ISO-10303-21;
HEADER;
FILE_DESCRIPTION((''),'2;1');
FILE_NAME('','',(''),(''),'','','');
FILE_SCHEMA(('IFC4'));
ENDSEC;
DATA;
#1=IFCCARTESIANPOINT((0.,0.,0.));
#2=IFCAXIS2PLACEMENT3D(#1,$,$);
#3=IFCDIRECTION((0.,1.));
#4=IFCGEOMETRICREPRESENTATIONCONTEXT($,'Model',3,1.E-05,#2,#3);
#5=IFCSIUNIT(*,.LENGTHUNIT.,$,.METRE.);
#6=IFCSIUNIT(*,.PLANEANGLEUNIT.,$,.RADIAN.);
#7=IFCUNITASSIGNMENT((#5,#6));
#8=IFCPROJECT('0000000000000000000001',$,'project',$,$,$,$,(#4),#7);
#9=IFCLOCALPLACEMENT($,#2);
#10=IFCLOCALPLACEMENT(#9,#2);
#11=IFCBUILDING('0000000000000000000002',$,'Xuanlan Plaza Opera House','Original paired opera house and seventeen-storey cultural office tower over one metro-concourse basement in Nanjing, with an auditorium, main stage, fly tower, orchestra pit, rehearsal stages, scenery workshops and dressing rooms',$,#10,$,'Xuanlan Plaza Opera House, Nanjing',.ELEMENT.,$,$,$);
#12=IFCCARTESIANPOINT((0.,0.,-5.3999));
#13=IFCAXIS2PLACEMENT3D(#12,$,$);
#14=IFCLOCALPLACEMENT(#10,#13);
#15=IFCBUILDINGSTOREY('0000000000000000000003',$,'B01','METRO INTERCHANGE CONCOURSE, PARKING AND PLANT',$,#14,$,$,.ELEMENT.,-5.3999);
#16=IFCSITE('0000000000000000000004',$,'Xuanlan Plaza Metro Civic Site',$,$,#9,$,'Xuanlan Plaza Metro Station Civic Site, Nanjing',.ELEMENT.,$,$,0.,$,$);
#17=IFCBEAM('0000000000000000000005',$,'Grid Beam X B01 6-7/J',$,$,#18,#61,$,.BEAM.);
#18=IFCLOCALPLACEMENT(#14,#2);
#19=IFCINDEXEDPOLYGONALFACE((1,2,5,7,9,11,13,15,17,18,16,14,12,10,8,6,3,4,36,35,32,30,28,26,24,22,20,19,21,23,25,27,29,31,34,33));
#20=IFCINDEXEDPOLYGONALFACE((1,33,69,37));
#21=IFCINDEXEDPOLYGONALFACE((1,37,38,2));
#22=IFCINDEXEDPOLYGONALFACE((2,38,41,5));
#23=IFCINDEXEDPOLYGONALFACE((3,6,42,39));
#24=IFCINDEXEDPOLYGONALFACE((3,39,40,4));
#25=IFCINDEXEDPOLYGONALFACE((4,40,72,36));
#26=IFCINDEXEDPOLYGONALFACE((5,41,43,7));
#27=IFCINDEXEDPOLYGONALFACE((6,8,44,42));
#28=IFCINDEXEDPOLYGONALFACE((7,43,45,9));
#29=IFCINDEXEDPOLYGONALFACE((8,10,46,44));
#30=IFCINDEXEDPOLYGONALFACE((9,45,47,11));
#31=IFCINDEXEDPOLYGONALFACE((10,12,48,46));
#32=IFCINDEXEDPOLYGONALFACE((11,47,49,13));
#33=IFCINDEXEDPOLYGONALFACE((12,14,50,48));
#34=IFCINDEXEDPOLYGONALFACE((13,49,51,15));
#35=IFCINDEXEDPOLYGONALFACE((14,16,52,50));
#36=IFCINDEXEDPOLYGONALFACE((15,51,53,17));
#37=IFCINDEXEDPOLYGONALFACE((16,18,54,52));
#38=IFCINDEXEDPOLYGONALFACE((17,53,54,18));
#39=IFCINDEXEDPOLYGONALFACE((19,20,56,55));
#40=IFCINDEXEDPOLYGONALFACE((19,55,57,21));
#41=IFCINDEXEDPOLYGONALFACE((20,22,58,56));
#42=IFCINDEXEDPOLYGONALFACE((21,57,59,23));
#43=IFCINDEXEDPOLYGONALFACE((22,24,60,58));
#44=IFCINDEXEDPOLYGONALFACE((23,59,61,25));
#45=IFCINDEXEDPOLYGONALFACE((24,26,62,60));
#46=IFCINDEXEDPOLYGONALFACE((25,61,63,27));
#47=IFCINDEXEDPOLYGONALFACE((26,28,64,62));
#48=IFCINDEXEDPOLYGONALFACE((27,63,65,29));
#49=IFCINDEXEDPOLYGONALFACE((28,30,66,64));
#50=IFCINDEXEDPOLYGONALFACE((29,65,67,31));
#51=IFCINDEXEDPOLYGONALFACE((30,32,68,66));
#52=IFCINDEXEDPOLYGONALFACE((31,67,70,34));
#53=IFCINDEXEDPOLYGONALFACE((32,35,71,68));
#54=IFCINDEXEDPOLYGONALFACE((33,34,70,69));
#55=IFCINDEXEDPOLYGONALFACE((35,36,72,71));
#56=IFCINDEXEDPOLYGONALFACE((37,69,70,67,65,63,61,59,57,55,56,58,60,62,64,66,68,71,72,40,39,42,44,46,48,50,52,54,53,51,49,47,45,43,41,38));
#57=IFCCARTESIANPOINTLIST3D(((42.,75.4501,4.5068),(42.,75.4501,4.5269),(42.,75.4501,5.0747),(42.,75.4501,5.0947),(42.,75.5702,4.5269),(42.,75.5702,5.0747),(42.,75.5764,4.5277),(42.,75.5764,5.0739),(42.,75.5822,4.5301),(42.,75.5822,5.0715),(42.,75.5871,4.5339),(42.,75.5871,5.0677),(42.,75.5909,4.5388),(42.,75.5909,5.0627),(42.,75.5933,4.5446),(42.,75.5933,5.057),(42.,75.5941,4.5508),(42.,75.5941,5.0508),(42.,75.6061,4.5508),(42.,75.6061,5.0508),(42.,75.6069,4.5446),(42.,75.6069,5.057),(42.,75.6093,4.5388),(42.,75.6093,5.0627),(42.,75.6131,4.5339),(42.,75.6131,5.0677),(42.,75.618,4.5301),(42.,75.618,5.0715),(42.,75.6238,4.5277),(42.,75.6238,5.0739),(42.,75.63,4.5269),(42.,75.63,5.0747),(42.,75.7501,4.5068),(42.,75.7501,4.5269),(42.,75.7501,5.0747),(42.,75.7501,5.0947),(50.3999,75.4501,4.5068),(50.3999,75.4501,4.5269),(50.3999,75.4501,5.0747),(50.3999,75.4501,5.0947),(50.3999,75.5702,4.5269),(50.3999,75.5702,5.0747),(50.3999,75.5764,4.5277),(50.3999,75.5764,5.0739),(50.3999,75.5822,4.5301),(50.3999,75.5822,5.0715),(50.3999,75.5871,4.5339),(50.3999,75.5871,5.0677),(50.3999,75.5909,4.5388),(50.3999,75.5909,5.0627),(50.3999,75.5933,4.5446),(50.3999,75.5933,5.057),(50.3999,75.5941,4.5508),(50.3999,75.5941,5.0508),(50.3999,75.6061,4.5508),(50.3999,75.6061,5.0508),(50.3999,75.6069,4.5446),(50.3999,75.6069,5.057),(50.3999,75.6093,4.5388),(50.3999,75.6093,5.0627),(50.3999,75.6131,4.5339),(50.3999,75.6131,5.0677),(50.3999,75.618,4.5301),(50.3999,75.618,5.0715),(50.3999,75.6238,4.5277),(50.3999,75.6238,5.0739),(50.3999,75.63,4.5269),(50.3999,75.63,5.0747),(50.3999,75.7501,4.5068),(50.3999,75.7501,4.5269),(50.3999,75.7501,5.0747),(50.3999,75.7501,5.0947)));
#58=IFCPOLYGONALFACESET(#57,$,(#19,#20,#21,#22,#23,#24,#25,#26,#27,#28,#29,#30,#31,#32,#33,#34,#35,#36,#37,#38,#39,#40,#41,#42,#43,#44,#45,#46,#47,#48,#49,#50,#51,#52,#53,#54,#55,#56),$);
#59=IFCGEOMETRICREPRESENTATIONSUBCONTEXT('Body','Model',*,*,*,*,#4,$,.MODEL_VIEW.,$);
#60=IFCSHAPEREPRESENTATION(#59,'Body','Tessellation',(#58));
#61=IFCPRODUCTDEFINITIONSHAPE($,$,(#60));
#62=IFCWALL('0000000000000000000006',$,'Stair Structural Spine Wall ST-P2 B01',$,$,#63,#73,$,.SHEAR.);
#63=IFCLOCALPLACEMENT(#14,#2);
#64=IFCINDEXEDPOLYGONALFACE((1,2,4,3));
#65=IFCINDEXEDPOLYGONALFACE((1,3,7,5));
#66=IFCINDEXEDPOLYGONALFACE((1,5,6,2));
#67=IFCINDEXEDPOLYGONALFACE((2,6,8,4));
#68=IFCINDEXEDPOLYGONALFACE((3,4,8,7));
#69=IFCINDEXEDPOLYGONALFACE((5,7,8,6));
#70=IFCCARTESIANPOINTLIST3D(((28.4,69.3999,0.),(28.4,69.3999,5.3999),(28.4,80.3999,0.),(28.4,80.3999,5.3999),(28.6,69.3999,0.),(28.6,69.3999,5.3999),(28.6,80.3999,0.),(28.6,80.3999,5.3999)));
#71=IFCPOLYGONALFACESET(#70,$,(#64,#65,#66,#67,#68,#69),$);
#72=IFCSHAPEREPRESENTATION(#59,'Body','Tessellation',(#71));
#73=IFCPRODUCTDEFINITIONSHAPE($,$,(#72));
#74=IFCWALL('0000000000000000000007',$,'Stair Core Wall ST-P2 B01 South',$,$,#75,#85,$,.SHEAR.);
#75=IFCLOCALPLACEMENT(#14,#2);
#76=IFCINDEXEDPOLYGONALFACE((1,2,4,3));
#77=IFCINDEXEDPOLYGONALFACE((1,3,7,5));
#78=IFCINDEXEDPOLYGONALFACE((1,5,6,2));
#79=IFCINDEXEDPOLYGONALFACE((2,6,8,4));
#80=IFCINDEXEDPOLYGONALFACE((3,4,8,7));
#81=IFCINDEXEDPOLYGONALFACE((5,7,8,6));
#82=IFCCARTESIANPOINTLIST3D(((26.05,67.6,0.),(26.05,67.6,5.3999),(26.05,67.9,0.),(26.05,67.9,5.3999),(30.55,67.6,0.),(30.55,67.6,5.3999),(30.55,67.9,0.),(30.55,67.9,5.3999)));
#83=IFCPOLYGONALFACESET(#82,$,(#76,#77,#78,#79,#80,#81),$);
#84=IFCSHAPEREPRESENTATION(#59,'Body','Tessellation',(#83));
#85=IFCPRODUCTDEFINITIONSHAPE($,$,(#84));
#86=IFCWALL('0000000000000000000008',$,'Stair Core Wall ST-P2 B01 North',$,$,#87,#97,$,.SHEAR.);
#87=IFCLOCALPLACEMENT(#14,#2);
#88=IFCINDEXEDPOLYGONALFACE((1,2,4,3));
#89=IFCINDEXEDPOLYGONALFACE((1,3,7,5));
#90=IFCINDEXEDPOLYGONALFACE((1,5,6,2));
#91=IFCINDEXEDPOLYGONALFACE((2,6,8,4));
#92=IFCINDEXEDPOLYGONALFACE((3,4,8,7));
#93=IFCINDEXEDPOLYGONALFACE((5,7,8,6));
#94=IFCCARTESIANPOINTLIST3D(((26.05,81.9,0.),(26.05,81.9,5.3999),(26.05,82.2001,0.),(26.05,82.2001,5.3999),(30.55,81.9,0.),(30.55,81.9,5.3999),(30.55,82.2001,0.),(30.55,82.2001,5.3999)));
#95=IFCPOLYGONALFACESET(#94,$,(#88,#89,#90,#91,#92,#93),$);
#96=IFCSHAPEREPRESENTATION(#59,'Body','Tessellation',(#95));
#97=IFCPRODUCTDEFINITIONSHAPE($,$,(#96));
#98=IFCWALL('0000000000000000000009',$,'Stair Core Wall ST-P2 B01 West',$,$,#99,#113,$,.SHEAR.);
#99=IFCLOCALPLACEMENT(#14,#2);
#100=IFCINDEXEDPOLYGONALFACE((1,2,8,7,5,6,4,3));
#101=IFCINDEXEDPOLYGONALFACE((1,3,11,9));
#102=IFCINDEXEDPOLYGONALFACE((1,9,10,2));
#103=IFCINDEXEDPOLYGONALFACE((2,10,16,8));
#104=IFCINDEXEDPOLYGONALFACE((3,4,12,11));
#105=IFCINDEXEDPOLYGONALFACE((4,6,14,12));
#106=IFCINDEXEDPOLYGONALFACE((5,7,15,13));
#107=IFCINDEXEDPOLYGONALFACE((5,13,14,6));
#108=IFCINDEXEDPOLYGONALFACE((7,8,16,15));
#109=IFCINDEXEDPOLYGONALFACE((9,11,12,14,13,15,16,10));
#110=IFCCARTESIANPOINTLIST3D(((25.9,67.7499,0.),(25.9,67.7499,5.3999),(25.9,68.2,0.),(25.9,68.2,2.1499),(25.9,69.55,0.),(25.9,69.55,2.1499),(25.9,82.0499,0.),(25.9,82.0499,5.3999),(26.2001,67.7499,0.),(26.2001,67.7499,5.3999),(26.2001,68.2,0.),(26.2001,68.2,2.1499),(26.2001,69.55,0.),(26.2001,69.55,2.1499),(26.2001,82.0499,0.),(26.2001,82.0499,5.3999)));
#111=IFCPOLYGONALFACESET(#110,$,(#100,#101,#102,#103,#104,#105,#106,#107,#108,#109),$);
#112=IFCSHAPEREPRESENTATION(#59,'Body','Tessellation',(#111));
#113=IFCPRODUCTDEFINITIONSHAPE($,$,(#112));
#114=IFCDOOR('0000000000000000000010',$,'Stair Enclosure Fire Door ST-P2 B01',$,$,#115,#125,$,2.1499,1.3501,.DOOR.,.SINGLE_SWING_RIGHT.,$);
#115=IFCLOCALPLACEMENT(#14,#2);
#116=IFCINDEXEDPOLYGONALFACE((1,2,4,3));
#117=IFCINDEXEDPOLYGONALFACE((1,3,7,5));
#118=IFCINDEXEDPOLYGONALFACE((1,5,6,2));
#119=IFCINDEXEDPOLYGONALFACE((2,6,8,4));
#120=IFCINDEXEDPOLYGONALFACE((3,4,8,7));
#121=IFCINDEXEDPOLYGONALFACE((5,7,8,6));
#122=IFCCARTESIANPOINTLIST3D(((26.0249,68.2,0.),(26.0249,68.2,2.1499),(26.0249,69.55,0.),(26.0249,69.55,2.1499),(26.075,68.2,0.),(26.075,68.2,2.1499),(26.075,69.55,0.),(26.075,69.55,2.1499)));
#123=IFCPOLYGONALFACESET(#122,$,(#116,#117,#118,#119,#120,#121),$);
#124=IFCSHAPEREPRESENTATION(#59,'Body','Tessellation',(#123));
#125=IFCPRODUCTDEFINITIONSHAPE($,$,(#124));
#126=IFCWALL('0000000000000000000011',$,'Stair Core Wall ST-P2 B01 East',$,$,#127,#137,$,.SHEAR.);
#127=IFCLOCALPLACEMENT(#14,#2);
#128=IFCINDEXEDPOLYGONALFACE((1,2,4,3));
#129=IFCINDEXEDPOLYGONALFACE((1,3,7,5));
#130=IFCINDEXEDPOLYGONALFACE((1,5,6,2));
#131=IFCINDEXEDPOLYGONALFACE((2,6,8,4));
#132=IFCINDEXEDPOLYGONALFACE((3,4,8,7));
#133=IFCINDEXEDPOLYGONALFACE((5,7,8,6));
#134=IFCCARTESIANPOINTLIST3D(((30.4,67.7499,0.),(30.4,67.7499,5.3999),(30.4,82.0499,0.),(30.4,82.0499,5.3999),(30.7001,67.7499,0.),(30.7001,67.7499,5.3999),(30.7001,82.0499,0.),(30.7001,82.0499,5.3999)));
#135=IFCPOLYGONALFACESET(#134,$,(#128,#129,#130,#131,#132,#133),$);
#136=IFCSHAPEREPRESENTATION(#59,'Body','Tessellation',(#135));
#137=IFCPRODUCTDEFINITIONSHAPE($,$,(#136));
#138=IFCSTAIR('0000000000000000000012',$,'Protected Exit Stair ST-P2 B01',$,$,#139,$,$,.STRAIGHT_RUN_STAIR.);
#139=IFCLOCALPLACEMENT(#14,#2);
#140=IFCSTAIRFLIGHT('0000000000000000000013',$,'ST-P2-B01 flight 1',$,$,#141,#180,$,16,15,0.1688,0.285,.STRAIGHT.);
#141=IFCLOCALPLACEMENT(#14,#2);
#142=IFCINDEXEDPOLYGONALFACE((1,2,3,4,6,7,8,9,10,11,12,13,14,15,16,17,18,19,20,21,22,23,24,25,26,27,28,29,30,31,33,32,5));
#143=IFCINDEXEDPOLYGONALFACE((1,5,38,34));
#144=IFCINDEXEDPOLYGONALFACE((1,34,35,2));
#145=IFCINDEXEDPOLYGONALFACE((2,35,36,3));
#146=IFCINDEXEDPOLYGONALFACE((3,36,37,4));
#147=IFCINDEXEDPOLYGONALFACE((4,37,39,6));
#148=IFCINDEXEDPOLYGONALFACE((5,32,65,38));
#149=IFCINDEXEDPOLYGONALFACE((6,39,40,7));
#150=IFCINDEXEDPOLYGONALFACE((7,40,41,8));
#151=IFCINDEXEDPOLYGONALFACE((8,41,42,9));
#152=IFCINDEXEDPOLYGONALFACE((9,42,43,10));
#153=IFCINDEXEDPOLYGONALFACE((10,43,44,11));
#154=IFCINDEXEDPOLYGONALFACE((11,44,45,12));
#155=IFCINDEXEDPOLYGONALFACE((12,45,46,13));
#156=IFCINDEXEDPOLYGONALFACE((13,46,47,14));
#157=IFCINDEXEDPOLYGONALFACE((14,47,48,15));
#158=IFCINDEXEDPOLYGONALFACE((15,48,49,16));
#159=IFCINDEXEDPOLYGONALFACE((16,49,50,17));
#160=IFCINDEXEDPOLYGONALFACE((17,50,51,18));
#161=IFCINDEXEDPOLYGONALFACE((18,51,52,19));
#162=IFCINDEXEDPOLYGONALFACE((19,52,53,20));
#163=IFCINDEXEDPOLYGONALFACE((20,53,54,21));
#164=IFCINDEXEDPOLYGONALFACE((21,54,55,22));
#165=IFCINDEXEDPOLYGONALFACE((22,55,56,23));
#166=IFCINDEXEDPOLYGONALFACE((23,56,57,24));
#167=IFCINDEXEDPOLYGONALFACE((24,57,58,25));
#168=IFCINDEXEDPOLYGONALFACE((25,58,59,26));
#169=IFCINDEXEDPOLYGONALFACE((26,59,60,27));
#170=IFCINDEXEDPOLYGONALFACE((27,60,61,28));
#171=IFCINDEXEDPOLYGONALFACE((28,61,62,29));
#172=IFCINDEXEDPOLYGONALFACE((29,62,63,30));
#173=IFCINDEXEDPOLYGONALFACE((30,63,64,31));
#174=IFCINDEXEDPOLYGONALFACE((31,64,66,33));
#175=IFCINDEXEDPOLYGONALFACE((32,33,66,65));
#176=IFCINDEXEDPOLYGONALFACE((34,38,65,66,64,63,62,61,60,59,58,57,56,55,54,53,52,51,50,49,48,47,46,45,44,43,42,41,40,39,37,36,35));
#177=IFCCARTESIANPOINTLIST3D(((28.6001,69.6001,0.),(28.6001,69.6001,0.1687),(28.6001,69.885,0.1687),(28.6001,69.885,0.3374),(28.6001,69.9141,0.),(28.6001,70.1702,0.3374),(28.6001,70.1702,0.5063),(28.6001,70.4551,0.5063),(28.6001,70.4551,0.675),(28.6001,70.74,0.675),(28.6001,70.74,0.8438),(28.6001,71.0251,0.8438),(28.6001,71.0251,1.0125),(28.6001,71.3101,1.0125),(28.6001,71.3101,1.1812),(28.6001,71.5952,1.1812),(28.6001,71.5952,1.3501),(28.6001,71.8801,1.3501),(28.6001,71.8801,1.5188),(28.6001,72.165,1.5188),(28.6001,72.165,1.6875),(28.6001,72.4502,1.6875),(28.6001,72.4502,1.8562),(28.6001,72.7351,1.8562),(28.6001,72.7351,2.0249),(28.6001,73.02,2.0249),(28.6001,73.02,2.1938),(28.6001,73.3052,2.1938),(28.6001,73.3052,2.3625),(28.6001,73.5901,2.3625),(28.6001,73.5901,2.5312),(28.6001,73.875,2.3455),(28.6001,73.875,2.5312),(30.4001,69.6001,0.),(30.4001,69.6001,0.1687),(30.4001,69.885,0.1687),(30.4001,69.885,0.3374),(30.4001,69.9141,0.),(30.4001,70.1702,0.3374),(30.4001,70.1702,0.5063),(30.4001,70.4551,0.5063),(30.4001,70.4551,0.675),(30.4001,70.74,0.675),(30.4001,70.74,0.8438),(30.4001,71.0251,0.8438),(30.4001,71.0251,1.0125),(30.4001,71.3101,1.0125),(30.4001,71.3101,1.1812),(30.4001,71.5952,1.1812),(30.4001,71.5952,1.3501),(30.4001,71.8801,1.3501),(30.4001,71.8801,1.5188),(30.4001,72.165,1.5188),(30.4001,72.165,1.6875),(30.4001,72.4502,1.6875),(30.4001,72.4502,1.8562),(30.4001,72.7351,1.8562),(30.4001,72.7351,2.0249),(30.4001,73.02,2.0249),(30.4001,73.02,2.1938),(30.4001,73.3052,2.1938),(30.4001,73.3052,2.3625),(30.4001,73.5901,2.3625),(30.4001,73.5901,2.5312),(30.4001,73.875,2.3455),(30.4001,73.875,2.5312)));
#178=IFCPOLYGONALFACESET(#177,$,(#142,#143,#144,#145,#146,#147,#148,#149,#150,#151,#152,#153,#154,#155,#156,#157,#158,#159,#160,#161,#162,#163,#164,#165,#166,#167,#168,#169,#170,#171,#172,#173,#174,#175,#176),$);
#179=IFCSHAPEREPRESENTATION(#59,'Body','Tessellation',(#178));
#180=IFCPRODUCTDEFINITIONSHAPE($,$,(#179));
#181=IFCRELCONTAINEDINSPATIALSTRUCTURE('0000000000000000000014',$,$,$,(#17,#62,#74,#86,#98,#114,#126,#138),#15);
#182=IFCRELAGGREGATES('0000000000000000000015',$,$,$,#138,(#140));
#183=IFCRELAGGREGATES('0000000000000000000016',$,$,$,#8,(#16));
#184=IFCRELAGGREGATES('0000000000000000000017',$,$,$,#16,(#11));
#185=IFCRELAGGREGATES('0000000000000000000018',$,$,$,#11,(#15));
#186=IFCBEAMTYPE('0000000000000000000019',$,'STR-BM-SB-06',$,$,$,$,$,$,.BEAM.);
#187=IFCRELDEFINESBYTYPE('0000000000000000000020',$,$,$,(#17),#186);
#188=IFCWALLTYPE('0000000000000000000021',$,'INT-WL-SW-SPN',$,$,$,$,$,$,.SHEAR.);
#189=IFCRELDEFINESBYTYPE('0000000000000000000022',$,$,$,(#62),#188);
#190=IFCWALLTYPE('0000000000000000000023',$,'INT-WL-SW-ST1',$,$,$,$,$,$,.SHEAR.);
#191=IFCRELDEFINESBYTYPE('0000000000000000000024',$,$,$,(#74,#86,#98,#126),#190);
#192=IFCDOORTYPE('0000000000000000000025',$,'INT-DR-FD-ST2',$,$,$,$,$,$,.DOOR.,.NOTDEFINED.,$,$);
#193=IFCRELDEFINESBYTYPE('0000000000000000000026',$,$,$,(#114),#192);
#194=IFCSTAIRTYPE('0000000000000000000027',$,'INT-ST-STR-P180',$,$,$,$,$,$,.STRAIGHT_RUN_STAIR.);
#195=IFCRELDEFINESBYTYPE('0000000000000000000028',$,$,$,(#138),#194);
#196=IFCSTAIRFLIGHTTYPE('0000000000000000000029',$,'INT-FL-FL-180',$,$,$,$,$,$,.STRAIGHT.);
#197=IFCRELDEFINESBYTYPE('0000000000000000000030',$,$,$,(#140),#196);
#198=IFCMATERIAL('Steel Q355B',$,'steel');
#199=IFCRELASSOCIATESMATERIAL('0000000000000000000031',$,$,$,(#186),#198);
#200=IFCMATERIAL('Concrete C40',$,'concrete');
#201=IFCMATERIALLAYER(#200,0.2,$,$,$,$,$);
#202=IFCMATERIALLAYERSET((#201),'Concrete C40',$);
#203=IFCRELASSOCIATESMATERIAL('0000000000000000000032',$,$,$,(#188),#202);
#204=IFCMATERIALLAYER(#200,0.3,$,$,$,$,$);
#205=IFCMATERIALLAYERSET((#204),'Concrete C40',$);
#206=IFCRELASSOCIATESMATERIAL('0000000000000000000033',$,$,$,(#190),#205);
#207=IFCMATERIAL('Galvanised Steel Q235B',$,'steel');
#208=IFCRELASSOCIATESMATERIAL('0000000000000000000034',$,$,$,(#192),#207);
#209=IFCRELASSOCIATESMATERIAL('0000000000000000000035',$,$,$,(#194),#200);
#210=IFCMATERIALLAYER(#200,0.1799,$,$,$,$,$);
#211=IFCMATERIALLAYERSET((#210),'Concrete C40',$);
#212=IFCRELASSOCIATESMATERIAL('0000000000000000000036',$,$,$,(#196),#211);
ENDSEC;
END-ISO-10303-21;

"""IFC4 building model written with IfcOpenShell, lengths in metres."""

from ifc_helpers import new_model, si_unit, direction, frame, frame_2d, origin, origin_2d, place, context, subcontext, project, spatial, polyline, rectangle, i_section, outline, extrude, material, layer, layer_set, material_profile, profile_set, type_object, element, fill, aggregate, save


model = new_model("IFC4")

# Units and contexts
model_context = context("Model", 3, precision=1e-05, world=origin(), true_north=direction((0.0, 1.0)))
body_context = subcontext(model_context, "Body", "Model", "MODEL_VIEW")
ifc_project = project(units=[si_unit("LENGTHUNIT", "METRE"), si_unit("PLANEANGLEUNIT", "RADIAN")], contexts=[model_context])

# Site, building, storey
site_placement = place(None, origin())
site = spatial("IfcSite", under=ifc_project, at=site_placement, Name="Xuanlan Plaza Metro Civic Site", LongName="Xuanlan Plaza Metro Station Civic Site, Nanjing", CompositionType="ELEMENT", RefElevation=0.0)
building_placement = place(site_placement, origin())
building = spatial("IfcBuilding", under=site, at=building_placement, Name="Xuanlan Plaza Opera House", Description="Original paired opera house and seventeen-storey cultural office tower over one metro-concourse basement in Nanjing, with an auditorium, main stage, fly tower, orchestra pit, rehearsal stages, scenery workshops and dressing rooms", LongName="Xuanlan Plaza Opera House, Nanjing", CompositionType="ELEMENT")
storey_placement = place(building_placement, frame((0.0, 0.0, -5.3999)))
storey = spatial("IfcBuildingStorey", under=building, at=storey_placement, Name="B01", Description="METRO INTERCHANGE CONCOURSE, PARKING AND PLANT", CompositionType="ELEMENT", Elevation=-5.3999)

# Shared definitions
ifc_material_1 = material(Name="Concrete C40", Category="concrete")

# Beam
ifc_material_2 = material(Name="Steel Q355B", Category="steel")
ifc_material_profile_1 = material_profile(ifc_material_2, i_section(OverallWidth=0.3, OverallDepth=0.5879, WebThickness=0.012, FlangeThickness=0.02, FilletRadius=0.0239, at=origin_2d()), Name="HM 588x300x12x20")
ifc_profile_set_1 = profile_set([ifc_material_profile_1], Name="Steel Q355B")
beam_type_1 = type_object("IfcBeamType", Name="STR-BM-SB-06", PredefinedType="BEAM", material=ifc_profile_set_1)
beam_1_placement = place(storey_placement, frame((42.0, 75.6001, 4.8008), z_axis=(1.0, 0.0, 0.0), x_axis=(0.0, 1.0, 0.0)))
element("IfcBeam", 1, at=beam_1_placement, inside=storey, type_object=beam_type_1, Name="Grid Beam X B01 6-7/J", PredefinedType="BEAM", context=body_context, shape_type="SweptSolid", body=[
    extrude(i_section(OverallWidth=0.3, OverallDepth=0.5879, WebThickness=0.012, FlangeThickness=0.02, FilletRadius=0.0239, at=origin_2d()), origin(), (0.0, 0.0, 1.0), 8.3999),
])

# Walls
ifc_layer_1 = layer(ifc_material_1, 0.2)
ifc_layer_set_1 = layer_set([ifc_layer_1], Name="Concrete C40")
wall_type_1 = type_object("IfcWallType", Name="INT-WL-SW-SPN", PredefinedType="SHEAR", material=ifc_layer_set_1)
wall_1_placement = place(storey_placement, frame((28.5, 69.3999, 0.0), z_axis=(0.0, 0.0, 1.0), x_axis=(0.0, 1.0, 0.0)))
element("IfcWall", 2, at=wall_1_placement, inside=storey, type_object=wall_type_1, Name="Stair Structural Spine Wall ST-P2 B01", PredefinedType="SHEAR", context=body_context, shape_type="SweptSolid", body=[
    extrude(rectangle(XDim=11.0, YDim=0.2, at=frame_2d((5.5, 0.0))), origin(), (0.0, 0.0, 1.0), 5.3999),
])
ifc_layer_2 = layer(ifc_material_1, 0.3)
ifc_layer_set_2 = layer_set([ifc_layer_2], Name="Concrete C40")
wall_type_2 = type_object("IfcWallType", Name="INT-WL-SW-ST1", PredefinedType="SHEAR", material=ifc_layer_set_2)
for number, where, z_axis, x_axis, name in (
    (3, (26.05, 67.75, 0.0), (0.0, 0.0, 1.0), (1.0, 0.0, 0.0), "Stair Core Wall ST-P2 B01 South"),
    (4, (26.05, 82.05, 0.0), (0.0, 0.0, 1.0), (1.0, 0.0, 0.0), "Stair Core Wall ST-P2 B01 North"),
):
    element("IfcWall", number, at=place(storey_placement, frame(where, z_axis=z_axis, x_axis=x_axis)), inside=storey, type_object=wall_type_2, Name=name, PredefinedType="SHEAR", context=body_context, shape_type="SweptSolid", body=[
        extrude(rectangle(XDim=4.5, YDim=0.3, at=frame_2d((2.25, 0.0))), origin(), (0.0, 0.0, 1.0), 5.3999),
    ])

# Wall, opening, door
wall_2_placement = place(storey_placement, frame((26.05, 67.75, 0.0), z_axis=(0.0, 0.0, 1.0), x_axis=(0.0, 1.0, 0.0)))
wall_2 = element("IfcWall", 5, at=wall_2_placement, inside=storey, type_object=wall_type_2, Name="Stair Core Wall ST-P2 B01 West", PredefinedType="SHEAR", context=body_context, shape_type="SweptSolid", body=[
    extrude(rectangle(XDim=14.3, YDim=0.3, at=frame_2d((7.1499, 0.0))), origin(), (0.0, 0.0, 1.0), 5.3999),
])
opening_placement = place(wall_2_placement, frame((0.45, 0.0, 0.0)))
opening = element("IfcOpeningElement", 6, at=opening_placement, cuts=wall_2, PredefinedType="OPENING", context=body_context, shape_type="SweptSolid", body=[
    extrude(rectangle(XDim=1.3501, YDim=2.1499, at=frame_2d((0.675, 1.075))), frame((0.0, 0.1599, 0.0), z_axis=(0.0, -1.0, 0.0), x_axis=(1.0, 0.0, 0.0)), (0.0, 0.0, 1.0), 0.3201),
])
ifc_material_3 = material(Name="Galvanised Steel Q235B", Category="steel")
door_type = type_object("IfcDoorType", Name="INT-DR-FD-ST2", OperationType="NOTDEFINED", PredefinedType="DOOR", material=ifc_material_3)
door_placement = place(opening_placement, frame((1.3501, 0.0, 0.0), z_axis=(0.0, 0.0, 1.0), x_axis=(-1.0, 0.0, 0.0)))
door = element("IfcDoor", 7, at=door_placement, inside=storey, type_object=door_type, Name="Stair Enclosure Fire Door ST-P2 B01", OperationType="SINGLE_SWING_RIGHT", OverallHeight=2.1499, OverallWidth=1.3501, PredefinedType="DOOR", context=body_context, shape_type="SweptSolid", body=[
    extrude(rectangle(XDim=1.3501, YDim=2.1499, at=frame_2d((0.675, 1.075))), frame((0.0, 0.0249, 0.0), z_axis=(0.0, -1.0, 0.0), x_axis=(1.0, 0.0, 0.0)), (0.0, 0.0, 1.0), 0.05),
])
fill(opening, door)

# Wall
wall_3_placement = place(storey_placement, frame((30.55, 67.75, 0.0), z_axis=(0.0, 0.0, 1.0), x_axis=(0.0, 1.0, 0.0)))
element("IfcWall", 8, at=wall_3_placement, inside=storey, type_object=wall_type_2, Name="Stair Core Wall ST-P2 B01 East", PredefinedType="SHEAR", context=body_context, shape_type="SweptSolid", body=[
    extrude(rectangle(XDim=14.3, YDim=0.3, at=frame_2d((7.1499, 0.0))), origin(), (0.0, 0.0, 1.0), 5.3999),
])

# Stair, stair flight
stair_type = type_object("IfcStairType", Name="INT-ST-STR-P180", PredefinedType="STRAIGHT_RUN_STAIR", material=ifc_material_1)
stair_placement = place(storey_placement, origin())
stair = element("IfcStair", 9, at=stair_placement, inside=storey, type_object=stair_type, Name="Protected Exit Stair ST-P2 B01", PredefinedType="STRAIGHT_RUN_STAIR")
ifc_layer_3 = layer(ifc_material_1, 0.1799)
ifc_layer_set_3 = layer_set([ifc_layer_3], Name="Concrete C40")
stair_flight_type = type_object("IfcStairFlightType", Name="INT-FL-FL-180", PredefinedType="STRAIGHT", material=ifc_layer_set_3)
stair_flight_1_placement = place(storey_placement, frame((29.5, 69.6001, 0.0), z_axis=(0.0, 0.0, 1.0), x_axis=(0.0, 1.0, 0.0)))
stair_flight_1 = element("IfcStairFlight", 10, at=stair_flight_1_placement, type_object=stair_flight_type, Name="ST-P2-B01 flight 1", NumberOfRisers=16, NumberOfTreads=15, PredefinedType="STRAIGHT", RiserHeight=0.1688, TreadLength=0.285, context=body_context, shape_type="SweptSolid", body=[
    extrude(outline(polyline([(0.0, 0.0), (0.0, 0.1687), (0.2849, 0.1687), (0.2849, 0.3374), (0.5701, 0.3374), (0.5701, 0.5063), (0.855, 0.5063), (0.855, 0.675), (1.1399, 0.675), (1.1399, 0.8438), (1.425, 0.8438), (1.425, 1.0125), (1.71, 1.0125), (1.71, 1.1812), (1.9951, 1.1812), (1.9951, 1.3501), (2.28, 1.3501), (2.28, 1.5188), (2.5649, 1.5188), (2.5649, 1.6875), (2.8501, 1.6875), (2.8501, 1.8562), (3.135, 1.8562), (3.135, 2.0249), (3.4199, 2.0249), (3.4199, 2.1938), (3.7051, 2.1938), (3.7051, 2.3625), (3.99, 2.3625), (3.99, 2.5312), (4.2749, 2.5312), (4.2749, 2.7), (4.2749, 2.3455), (0.314, 0.0), (0.0, 0.0)])), frame((0.0, 0.8999, 0.0), z_axis=(0.0, -1.0, 0.0), x_axis=(1.0, 0.0, 0.0)), (0.0, 0.0, 1.0), 1.8),
])
aggregate(stair, [stair_flight_1])

save(model, "model.ifc")
